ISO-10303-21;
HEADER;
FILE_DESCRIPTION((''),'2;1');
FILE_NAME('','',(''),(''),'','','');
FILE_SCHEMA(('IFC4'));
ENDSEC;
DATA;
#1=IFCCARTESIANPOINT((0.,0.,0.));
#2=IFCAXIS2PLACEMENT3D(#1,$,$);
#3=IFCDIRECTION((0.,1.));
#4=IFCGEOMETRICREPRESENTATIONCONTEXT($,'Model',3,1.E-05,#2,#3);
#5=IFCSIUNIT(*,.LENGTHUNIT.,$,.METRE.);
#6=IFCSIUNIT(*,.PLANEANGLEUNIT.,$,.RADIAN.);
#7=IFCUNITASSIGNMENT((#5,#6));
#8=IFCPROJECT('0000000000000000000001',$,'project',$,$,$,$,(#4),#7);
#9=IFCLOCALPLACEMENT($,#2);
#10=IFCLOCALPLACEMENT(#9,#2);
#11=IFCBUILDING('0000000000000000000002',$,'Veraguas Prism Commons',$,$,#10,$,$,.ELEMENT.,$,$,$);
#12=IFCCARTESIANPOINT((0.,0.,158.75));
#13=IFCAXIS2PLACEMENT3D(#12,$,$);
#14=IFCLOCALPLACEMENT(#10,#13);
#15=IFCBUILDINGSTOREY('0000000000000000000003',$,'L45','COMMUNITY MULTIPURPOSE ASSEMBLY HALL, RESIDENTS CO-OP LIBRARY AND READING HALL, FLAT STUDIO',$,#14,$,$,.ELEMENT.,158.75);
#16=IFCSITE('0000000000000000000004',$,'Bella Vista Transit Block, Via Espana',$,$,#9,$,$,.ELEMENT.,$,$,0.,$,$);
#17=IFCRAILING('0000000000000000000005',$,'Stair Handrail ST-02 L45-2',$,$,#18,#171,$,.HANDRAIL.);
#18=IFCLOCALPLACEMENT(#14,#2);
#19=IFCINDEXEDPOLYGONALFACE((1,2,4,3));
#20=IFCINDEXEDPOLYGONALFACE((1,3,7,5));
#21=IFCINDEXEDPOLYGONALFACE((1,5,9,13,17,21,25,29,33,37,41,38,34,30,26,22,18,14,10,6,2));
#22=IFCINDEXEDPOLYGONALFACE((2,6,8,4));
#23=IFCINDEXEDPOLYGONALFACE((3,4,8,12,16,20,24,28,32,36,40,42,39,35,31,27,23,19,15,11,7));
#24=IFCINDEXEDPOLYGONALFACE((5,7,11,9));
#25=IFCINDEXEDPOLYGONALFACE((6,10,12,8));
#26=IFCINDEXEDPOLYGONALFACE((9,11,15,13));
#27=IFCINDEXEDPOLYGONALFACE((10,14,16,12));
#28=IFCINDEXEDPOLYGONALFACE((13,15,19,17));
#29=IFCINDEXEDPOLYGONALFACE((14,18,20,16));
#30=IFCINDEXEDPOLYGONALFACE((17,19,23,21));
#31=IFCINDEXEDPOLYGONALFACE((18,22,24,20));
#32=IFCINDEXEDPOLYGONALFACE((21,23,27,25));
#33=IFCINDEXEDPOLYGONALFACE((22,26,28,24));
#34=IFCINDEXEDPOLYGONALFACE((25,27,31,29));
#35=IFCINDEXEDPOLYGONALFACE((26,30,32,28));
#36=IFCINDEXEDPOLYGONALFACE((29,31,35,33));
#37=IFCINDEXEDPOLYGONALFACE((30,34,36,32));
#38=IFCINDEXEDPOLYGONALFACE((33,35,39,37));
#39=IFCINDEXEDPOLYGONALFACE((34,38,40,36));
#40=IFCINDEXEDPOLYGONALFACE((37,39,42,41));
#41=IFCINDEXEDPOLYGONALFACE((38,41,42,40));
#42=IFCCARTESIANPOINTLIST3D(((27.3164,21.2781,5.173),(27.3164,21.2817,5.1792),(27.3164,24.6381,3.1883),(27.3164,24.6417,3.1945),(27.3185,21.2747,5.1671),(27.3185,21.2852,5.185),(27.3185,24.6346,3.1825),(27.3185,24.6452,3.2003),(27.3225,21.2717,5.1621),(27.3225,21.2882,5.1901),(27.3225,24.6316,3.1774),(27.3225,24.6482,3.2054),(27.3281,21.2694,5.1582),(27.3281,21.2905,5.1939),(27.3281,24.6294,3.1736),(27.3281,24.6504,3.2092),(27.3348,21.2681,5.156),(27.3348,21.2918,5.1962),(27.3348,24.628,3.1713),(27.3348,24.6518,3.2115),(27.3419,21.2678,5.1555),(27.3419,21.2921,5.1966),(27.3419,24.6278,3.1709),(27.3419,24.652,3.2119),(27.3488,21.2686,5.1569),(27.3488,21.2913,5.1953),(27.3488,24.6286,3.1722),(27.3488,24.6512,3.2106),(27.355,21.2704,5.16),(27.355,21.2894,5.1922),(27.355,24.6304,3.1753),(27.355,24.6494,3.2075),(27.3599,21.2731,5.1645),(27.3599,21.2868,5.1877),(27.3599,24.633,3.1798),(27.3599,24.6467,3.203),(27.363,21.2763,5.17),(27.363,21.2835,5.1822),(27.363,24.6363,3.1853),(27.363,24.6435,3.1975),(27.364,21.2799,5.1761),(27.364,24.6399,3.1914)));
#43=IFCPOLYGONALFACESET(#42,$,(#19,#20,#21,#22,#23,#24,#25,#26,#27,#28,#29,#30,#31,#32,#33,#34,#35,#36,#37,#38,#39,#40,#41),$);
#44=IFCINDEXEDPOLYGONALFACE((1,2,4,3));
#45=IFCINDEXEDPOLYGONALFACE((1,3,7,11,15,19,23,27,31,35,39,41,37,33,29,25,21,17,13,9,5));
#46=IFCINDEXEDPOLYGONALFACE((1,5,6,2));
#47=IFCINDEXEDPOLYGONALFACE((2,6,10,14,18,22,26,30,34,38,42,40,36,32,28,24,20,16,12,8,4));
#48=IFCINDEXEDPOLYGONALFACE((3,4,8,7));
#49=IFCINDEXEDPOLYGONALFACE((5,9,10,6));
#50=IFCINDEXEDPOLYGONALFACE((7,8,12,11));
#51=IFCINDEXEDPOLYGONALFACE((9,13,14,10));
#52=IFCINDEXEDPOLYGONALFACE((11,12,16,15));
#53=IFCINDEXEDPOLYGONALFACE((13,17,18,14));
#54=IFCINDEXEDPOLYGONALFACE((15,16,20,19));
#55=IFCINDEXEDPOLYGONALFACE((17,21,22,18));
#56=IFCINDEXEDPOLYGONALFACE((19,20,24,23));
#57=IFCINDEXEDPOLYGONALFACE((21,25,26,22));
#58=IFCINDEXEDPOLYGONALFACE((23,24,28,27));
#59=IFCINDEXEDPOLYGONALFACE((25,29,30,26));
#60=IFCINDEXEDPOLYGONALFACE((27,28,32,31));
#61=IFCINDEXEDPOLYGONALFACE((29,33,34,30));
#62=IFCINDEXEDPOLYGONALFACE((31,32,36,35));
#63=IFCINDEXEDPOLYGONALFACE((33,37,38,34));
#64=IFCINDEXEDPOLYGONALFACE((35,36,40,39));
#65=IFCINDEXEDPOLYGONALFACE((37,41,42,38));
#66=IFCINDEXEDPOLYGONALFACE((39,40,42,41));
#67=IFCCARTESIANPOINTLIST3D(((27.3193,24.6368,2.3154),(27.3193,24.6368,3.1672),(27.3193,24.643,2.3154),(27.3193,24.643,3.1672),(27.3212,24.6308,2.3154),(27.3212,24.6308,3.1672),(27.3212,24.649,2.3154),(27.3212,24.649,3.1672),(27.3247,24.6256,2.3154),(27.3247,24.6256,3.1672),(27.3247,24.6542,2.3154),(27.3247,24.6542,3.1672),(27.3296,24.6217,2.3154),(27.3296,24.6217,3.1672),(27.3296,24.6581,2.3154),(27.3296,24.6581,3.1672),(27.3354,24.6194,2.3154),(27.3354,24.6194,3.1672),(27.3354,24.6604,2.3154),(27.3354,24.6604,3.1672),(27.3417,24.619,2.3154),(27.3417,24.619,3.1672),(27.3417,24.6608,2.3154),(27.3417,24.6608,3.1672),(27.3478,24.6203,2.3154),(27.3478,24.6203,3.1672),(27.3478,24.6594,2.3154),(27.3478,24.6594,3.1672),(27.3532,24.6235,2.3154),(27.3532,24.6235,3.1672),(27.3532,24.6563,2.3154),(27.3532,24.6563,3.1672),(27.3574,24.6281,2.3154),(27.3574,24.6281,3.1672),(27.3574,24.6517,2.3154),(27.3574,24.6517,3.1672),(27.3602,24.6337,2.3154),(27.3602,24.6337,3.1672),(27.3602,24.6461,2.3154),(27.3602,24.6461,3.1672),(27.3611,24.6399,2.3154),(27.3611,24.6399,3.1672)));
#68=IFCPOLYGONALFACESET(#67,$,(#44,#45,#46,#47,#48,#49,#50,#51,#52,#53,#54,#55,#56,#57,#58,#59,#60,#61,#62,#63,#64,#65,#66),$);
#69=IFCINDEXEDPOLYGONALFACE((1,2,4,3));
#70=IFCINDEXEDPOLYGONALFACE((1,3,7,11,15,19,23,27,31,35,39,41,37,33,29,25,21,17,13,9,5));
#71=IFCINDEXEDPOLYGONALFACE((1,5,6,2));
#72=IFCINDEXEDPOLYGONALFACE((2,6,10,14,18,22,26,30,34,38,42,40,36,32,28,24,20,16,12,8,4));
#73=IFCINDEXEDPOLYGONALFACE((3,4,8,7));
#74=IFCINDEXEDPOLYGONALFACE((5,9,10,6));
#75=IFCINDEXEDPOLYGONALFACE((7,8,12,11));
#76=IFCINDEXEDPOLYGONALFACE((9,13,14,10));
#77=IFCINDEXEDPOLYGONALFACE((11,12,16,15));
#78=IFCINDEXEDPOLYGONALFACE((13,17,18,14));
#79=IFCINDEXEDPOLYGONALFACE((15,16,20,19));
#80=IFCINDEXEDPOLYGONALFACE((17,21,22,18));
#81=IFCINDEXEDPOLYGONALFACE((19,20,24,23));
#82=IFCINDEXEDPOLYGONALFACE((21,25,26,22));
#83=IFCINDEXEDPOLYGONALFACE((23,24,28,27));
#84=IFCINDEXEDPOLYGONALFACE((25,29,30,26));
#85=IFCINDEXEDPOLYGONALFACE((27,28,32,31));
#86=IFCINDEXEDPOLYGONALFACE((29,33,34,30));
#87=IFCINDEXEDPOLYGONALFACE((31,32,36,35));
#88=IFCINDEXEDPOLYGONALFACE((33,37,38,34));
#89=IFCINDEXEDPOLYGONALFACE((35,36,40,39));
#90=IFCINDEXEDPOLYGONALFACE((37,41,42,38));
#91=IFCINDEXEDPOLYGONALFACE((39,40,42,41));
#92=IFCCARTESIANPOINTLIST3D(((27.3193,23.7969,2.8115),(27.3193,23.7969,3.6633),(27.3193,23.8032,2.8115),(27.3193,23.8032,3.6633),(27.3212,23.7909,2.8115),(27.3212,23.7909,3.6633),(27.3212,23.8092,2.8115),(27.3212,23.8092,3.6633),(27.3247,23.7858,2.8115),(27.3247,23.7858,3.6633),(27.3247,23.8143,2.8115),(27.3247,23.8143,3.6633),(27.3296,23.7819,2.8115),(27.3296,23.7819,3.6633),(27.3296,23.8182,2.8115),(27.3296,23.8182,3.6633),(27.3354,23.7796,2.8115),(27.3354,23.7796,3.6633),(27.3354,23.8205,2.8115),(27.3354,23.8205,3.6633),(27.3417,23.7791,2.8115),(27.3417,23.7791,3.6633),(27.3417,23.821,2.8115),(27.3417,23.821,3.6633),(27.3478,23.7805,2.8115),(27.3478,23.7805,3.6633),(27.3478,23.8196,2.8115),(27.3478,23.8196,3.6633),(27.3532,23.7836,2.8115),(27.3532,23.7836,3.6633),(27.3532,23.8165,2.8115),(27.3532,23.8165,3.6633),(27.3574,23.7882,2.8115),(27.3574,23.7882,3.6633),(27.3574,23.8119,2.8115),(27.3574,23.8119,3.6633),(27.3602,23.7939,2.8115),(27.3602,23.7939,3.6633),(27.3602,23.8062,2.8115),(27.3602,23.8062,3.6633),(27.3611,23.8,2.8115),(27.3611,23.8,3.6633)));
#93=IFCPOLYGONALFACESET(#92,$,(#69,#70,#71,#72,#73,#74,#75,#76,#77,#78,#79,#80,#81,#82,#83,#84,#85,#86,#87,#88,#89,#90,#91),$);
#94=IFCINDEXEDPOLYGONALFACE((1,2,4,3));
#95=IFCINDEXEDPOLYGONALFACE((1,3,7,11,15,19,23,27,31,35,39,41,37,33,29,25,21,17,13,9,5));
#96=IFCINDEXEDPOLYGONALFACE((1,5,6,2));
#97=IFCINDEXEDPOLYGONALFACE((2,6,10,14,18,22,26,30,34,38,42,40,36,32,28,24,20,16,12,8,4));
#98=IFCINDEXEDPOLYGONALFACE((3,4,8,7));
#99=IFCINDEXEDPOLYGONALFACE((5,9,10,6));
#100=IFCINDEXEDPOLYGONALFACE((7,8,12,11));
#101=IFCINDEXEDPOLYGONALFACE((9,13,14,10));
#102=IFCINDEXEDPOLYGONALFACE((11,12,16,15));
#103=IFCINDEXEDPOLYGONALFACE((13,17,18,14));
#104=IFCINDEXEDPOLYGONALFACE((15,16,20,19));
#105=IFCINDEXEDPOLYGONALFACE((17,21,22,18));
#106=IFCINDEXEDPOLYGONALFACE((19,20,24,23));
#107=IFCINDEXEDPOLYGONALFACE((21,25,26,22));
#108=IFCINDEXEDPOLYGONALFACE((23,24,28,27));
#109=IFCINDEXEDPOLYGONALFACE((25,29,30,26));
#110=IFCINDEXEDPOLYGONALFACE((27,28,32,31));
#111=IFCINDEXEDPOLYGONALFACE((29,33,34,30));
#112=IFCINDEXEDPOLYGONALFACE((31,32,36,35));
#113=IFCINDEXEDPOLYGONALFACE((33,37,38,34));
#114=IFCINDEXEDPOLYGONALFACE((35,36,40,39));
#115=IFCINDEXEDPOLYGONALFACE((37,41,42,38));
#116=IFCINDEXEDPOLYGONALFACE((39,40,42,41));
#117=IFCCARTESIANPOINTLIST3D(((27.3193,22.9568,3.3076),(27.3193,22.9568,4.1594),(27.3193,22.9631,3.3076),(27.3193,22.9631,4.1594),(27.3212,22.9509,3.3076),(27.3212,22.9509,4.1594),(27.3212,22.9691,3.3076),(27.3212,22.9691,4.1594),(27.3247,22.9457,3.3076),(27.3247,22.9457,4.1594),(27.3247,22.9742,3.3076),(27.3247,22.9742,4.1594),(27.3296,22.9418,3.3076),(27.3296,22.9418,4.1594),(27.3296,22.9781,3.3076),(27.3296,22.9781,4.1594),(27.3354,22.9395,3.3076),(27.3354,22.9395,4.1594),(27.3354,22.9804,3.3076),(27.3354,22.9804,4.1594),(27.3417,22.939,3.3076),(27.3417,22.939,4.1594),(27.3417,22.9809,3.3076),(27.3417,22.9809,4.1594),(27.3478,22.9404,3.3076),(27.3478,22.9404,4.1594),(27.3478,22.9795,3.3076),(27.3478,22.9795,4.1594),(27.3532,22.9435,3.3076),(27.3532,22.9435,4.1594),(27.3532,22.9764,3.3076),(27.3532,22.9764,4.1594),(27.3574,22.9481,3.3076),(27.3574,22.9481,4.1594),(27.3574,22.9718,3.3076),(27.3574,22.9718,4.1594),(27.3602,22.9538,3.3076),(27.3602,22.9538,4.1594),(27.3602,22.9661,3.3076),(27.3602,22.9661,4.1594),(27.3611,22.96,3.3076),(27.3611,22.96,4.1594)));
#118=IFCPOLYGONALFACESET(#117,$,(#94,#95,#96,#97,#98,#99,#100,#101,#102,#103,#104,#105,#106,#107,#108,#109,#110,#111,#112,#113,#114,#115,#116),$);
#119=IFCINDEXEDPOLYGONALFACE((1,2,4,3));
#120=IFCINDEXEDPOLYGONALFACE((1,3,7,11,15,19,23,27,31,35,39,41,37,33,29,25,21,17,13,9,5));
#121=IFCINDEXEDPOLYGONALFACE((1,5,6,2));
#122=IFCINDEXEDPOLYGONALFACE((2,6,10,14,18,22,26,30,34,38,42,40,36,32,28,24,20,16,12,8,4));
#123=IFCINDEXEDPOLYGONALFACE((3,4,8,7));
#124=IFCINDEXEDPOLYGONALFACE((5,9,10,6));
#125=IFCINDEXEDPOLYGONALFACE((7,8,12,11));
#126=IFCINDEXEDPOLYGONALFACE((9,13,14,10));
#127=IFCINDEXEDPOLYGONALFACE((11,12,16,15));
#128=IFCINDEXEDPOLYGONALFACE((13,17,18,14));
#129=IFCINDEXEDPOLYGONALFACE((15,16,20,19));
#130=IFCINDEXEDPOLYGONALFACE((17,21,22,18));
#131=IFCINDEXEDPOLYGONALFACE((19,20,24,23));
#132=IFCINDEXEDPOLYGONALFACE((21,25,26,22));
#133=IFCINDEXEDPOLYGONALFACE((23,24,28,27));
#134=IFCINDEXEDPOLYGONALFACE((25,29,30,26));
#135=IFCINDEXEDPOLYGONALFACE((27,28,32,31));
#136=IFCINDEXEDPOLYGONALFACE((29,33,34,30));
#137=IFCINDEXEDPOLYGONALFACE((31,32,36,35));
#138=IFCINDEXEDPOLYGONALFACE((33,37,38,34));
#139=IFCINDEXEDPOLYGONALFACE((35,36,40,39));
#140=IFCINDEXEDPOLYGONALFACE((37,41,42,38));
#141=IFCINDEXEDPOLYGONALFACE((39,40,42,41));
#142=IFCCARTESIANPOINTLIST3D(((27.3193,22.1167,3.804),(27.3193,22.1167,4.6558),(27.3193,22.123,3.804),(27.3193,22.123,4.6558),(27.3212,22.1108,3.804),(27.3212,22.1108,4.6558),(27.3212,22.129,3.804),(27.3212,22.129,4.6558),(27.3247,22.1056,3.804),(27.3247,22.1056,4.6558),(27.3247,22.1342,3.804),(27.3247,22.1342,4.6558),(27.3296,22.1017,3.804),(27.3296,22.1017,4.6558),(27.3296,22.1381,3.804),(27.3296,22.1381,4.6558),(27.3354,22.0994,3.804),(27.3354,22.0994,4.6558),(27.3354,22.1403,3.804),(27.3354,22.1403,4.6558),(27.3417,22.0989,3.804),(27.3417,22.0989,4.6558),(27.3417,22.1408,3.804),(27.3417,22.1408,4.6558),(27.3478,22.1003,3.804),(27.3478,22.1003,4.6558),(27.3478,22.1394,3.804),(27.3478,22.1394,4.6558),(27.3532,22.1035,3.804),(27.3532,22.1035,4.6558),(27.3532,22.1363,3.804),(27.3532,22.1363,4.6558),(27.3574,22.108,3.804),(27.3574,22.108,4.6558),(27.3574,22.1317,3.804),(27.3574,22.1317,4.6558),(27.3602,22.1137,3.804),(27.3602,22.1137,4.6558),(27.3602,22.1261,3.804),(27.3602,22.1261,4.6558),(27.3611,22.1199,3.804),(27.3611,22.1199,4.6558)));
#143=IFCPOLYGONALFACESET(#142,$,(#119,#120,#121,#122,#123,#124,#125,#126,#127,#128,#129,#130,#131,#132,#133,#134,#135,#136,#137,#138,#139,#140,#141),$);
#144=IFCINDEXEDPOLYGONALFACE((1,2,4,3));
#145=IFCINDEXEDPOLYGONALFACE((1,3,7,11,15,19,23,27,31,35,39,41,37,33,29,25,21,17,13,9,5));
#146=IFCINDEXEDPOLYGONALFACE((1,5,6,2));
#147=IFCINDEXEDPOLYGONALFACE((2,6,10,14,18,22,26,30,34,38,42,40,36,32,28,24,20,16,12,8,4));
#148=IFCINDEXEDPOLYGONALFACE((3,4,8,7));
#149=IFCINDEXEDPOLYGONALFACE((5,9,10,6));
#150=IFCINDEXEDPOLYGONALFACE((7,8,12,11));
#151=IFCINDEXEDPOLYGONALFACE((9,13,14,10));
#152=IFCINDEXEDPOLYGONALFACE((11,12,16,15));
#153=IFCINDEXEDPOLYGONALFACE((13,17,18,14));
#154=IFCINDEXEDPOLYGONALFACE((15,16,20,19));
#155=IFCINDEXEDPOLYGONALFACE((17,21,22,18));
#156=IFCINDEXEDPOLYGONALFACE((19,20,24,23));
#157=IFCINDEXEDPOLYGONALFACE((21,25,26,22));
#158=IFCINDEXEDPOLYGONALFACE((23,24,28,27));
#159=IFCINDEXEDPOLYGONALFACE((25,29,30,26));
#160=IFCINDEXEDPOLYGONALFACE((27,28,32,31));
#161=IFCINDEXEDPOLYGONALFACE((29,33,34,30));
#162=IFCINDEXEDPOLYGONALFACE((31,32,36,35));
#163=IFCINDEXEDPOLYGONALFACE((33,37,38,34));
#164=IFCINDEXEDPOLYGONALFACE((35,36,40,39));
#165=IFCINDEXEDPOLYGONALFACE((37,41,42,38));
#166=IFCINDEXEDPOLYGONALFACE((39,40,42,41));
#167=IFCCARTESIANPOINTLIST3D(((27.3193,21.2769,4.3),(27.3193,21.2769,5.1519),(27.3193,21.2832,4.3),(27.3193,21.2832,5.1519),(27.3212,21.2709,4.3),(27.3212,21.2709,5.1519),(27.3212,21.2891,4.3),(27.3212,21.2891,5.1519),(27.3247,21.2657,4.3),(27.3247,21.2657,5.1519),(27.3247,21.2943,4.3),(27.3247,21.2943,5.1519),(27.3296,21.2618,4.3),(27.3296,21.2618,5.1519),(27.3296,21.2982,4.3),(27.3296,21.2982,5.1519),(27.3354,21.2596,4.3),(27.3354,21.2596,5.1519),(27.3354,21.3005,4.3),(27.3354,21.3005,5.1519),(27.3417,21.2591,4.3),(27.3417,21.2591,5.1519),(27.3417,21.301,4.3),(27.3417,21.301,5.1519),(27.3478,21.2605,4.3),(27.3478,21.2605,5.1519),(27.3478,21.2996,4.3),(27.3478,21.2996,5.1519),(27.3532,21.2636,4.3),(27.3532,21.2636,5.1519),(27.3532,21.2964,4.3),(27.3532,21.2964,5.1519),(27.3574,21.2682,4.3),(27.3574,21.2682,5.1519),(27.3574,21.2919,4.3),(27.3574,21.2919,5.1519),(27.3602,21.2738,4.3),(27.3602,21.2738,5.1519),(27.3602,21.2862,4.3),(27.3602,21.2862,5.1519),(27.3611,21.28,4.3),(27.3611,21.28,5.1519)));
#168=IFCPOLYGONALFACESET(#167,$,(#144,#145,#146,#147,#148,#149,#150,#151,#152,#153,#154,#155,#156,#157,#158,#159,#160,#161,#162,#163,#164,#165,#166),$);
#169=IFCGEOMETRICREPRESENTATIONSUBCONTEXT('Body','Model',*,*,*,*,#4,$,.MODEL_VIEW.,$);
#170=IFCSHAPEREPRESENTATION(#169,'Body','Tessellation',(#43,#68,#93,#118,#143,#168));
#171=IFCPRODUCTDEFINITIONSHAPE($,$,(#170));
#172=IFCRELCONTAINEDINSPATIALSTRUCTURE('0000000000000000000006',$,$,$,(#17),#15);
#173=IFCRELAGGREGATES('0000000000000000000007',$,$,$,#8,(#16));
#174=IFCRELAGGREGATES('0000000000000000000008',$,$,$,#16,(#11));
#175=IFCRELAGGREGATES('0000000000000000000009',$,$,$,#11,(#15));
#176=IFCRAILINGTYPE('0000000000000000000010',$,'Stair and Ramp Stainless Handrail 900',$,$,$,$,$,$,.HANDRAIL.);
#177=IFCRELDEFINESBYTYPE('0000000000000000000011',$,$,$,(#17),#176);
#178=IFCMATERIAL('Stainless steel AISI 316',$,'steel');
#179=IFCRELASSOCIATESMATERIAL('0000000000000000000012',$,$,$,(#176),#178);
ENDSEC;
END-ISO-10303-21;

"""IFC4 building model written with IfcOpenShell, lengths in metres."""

from ifc_helpers import new_model, si_unit, direction, frame, origin, origin_2d, place, context, subcontext, project, spatial, circle, extrude, material, type_object, element, save


model = new_model("IFC4")

# Units and contexts
model_context = context("Model", 3, precision=1e-05, world=origin(), true_north=direction((0.0, 1.0)))
body_context = subcontext(model_context, "Body", "Model", "MODEL_VIEW")
ifc_project = project(units=[si_unit("LENGTHUNIT", "METRE"), si_unit("PLANEANGLEUNIT", "RADIAN")], contexts=[model_context])

# Site, building, storey
site_placement = place(None, origin())
site = spatial("IfcSite", under=ifc_project, at=site_placement, Name="Bella Vista Transit Block, Via Espana", CompositionType="ELEMENT", RefElevation=0.0)
building_placement = place(site_placement, origin())
building = spatial("IfcBuilding", under=site, at=building_placement, Name="Veraguas Prism Commons", CompositionType="ELEMENT")
storey_placement = place(building_placement, frame((0.0, 0.0, 158.75)))
storey = spatial("IfcBuildingStorey", under=building, at=storey_placement, Name="L45", Description="COMMUNITY MULTIPURPOSE ASSEMBLY HALL, RESIDENTS CO-OP LIBRARY AND READING HALL, FLAT STUDIO", CompositionType="ELEMENT", Elevation=158.75)

# Railing
ifc_material_1 = material(Name="Stainless steel AISI 316", Category="steel")
railing_type_1 = type_object("IfcRailingType", Name="Stair and Ramp Stainless Handrail 900", PredefinedType="HANDRAIL", material=ifc_material_1)
railing_1_placement = place(storey_placement, frame((27.3401, 24.6399, 2.3154)))
element("IfcRailing", 1, at=railing_1_placement, inside=storey, type_object=railing_type_1, Name="Stair Handrail ST-02 L45-2", PredefinedType="HANDRAIL", context=body_context, shape_type="SweptSolid", body=[
    extrude(circle(Radius=0.0239, at=origin_2d()), frame((0.0, 0.0, 0.876), z_axis=(0.0, -0.861011, 0.508586), x_axis=(1.0, 0.0, 0.0)), (0.0, 0.0, 1.0), 3.9023),
    extrude(circle(Radius=0.021, at=origin_2d()), origin(), (0.0, 0.0, 1.0), 0.8518),
    extrude(circle(Radius=0.021, at=origin_2d()), frame((0.0, -0.8398, 0.4961)), (0.0, 0.0, 1.0), 0.8518),
    extrude(circle(Radius=0.021, at=origin_2d()), frame((0.0, -1.6799, 0.9922)), (0.0, 0.0, 1.0), 0.8518),
    extrude(circle(Radius=0.021, at=origin_2d()), frame((0.0, -2.52, 1.4885)), (0.0, 0.0, 1.0), 0.8518),
    extrude(circle(Radius=0.021, at=origin_2d()), frame((0.0, -3.3599, 1.9846)), (0.0, 0.0, 1.0), 0.8518),
])

save(model, "model.ifc")
